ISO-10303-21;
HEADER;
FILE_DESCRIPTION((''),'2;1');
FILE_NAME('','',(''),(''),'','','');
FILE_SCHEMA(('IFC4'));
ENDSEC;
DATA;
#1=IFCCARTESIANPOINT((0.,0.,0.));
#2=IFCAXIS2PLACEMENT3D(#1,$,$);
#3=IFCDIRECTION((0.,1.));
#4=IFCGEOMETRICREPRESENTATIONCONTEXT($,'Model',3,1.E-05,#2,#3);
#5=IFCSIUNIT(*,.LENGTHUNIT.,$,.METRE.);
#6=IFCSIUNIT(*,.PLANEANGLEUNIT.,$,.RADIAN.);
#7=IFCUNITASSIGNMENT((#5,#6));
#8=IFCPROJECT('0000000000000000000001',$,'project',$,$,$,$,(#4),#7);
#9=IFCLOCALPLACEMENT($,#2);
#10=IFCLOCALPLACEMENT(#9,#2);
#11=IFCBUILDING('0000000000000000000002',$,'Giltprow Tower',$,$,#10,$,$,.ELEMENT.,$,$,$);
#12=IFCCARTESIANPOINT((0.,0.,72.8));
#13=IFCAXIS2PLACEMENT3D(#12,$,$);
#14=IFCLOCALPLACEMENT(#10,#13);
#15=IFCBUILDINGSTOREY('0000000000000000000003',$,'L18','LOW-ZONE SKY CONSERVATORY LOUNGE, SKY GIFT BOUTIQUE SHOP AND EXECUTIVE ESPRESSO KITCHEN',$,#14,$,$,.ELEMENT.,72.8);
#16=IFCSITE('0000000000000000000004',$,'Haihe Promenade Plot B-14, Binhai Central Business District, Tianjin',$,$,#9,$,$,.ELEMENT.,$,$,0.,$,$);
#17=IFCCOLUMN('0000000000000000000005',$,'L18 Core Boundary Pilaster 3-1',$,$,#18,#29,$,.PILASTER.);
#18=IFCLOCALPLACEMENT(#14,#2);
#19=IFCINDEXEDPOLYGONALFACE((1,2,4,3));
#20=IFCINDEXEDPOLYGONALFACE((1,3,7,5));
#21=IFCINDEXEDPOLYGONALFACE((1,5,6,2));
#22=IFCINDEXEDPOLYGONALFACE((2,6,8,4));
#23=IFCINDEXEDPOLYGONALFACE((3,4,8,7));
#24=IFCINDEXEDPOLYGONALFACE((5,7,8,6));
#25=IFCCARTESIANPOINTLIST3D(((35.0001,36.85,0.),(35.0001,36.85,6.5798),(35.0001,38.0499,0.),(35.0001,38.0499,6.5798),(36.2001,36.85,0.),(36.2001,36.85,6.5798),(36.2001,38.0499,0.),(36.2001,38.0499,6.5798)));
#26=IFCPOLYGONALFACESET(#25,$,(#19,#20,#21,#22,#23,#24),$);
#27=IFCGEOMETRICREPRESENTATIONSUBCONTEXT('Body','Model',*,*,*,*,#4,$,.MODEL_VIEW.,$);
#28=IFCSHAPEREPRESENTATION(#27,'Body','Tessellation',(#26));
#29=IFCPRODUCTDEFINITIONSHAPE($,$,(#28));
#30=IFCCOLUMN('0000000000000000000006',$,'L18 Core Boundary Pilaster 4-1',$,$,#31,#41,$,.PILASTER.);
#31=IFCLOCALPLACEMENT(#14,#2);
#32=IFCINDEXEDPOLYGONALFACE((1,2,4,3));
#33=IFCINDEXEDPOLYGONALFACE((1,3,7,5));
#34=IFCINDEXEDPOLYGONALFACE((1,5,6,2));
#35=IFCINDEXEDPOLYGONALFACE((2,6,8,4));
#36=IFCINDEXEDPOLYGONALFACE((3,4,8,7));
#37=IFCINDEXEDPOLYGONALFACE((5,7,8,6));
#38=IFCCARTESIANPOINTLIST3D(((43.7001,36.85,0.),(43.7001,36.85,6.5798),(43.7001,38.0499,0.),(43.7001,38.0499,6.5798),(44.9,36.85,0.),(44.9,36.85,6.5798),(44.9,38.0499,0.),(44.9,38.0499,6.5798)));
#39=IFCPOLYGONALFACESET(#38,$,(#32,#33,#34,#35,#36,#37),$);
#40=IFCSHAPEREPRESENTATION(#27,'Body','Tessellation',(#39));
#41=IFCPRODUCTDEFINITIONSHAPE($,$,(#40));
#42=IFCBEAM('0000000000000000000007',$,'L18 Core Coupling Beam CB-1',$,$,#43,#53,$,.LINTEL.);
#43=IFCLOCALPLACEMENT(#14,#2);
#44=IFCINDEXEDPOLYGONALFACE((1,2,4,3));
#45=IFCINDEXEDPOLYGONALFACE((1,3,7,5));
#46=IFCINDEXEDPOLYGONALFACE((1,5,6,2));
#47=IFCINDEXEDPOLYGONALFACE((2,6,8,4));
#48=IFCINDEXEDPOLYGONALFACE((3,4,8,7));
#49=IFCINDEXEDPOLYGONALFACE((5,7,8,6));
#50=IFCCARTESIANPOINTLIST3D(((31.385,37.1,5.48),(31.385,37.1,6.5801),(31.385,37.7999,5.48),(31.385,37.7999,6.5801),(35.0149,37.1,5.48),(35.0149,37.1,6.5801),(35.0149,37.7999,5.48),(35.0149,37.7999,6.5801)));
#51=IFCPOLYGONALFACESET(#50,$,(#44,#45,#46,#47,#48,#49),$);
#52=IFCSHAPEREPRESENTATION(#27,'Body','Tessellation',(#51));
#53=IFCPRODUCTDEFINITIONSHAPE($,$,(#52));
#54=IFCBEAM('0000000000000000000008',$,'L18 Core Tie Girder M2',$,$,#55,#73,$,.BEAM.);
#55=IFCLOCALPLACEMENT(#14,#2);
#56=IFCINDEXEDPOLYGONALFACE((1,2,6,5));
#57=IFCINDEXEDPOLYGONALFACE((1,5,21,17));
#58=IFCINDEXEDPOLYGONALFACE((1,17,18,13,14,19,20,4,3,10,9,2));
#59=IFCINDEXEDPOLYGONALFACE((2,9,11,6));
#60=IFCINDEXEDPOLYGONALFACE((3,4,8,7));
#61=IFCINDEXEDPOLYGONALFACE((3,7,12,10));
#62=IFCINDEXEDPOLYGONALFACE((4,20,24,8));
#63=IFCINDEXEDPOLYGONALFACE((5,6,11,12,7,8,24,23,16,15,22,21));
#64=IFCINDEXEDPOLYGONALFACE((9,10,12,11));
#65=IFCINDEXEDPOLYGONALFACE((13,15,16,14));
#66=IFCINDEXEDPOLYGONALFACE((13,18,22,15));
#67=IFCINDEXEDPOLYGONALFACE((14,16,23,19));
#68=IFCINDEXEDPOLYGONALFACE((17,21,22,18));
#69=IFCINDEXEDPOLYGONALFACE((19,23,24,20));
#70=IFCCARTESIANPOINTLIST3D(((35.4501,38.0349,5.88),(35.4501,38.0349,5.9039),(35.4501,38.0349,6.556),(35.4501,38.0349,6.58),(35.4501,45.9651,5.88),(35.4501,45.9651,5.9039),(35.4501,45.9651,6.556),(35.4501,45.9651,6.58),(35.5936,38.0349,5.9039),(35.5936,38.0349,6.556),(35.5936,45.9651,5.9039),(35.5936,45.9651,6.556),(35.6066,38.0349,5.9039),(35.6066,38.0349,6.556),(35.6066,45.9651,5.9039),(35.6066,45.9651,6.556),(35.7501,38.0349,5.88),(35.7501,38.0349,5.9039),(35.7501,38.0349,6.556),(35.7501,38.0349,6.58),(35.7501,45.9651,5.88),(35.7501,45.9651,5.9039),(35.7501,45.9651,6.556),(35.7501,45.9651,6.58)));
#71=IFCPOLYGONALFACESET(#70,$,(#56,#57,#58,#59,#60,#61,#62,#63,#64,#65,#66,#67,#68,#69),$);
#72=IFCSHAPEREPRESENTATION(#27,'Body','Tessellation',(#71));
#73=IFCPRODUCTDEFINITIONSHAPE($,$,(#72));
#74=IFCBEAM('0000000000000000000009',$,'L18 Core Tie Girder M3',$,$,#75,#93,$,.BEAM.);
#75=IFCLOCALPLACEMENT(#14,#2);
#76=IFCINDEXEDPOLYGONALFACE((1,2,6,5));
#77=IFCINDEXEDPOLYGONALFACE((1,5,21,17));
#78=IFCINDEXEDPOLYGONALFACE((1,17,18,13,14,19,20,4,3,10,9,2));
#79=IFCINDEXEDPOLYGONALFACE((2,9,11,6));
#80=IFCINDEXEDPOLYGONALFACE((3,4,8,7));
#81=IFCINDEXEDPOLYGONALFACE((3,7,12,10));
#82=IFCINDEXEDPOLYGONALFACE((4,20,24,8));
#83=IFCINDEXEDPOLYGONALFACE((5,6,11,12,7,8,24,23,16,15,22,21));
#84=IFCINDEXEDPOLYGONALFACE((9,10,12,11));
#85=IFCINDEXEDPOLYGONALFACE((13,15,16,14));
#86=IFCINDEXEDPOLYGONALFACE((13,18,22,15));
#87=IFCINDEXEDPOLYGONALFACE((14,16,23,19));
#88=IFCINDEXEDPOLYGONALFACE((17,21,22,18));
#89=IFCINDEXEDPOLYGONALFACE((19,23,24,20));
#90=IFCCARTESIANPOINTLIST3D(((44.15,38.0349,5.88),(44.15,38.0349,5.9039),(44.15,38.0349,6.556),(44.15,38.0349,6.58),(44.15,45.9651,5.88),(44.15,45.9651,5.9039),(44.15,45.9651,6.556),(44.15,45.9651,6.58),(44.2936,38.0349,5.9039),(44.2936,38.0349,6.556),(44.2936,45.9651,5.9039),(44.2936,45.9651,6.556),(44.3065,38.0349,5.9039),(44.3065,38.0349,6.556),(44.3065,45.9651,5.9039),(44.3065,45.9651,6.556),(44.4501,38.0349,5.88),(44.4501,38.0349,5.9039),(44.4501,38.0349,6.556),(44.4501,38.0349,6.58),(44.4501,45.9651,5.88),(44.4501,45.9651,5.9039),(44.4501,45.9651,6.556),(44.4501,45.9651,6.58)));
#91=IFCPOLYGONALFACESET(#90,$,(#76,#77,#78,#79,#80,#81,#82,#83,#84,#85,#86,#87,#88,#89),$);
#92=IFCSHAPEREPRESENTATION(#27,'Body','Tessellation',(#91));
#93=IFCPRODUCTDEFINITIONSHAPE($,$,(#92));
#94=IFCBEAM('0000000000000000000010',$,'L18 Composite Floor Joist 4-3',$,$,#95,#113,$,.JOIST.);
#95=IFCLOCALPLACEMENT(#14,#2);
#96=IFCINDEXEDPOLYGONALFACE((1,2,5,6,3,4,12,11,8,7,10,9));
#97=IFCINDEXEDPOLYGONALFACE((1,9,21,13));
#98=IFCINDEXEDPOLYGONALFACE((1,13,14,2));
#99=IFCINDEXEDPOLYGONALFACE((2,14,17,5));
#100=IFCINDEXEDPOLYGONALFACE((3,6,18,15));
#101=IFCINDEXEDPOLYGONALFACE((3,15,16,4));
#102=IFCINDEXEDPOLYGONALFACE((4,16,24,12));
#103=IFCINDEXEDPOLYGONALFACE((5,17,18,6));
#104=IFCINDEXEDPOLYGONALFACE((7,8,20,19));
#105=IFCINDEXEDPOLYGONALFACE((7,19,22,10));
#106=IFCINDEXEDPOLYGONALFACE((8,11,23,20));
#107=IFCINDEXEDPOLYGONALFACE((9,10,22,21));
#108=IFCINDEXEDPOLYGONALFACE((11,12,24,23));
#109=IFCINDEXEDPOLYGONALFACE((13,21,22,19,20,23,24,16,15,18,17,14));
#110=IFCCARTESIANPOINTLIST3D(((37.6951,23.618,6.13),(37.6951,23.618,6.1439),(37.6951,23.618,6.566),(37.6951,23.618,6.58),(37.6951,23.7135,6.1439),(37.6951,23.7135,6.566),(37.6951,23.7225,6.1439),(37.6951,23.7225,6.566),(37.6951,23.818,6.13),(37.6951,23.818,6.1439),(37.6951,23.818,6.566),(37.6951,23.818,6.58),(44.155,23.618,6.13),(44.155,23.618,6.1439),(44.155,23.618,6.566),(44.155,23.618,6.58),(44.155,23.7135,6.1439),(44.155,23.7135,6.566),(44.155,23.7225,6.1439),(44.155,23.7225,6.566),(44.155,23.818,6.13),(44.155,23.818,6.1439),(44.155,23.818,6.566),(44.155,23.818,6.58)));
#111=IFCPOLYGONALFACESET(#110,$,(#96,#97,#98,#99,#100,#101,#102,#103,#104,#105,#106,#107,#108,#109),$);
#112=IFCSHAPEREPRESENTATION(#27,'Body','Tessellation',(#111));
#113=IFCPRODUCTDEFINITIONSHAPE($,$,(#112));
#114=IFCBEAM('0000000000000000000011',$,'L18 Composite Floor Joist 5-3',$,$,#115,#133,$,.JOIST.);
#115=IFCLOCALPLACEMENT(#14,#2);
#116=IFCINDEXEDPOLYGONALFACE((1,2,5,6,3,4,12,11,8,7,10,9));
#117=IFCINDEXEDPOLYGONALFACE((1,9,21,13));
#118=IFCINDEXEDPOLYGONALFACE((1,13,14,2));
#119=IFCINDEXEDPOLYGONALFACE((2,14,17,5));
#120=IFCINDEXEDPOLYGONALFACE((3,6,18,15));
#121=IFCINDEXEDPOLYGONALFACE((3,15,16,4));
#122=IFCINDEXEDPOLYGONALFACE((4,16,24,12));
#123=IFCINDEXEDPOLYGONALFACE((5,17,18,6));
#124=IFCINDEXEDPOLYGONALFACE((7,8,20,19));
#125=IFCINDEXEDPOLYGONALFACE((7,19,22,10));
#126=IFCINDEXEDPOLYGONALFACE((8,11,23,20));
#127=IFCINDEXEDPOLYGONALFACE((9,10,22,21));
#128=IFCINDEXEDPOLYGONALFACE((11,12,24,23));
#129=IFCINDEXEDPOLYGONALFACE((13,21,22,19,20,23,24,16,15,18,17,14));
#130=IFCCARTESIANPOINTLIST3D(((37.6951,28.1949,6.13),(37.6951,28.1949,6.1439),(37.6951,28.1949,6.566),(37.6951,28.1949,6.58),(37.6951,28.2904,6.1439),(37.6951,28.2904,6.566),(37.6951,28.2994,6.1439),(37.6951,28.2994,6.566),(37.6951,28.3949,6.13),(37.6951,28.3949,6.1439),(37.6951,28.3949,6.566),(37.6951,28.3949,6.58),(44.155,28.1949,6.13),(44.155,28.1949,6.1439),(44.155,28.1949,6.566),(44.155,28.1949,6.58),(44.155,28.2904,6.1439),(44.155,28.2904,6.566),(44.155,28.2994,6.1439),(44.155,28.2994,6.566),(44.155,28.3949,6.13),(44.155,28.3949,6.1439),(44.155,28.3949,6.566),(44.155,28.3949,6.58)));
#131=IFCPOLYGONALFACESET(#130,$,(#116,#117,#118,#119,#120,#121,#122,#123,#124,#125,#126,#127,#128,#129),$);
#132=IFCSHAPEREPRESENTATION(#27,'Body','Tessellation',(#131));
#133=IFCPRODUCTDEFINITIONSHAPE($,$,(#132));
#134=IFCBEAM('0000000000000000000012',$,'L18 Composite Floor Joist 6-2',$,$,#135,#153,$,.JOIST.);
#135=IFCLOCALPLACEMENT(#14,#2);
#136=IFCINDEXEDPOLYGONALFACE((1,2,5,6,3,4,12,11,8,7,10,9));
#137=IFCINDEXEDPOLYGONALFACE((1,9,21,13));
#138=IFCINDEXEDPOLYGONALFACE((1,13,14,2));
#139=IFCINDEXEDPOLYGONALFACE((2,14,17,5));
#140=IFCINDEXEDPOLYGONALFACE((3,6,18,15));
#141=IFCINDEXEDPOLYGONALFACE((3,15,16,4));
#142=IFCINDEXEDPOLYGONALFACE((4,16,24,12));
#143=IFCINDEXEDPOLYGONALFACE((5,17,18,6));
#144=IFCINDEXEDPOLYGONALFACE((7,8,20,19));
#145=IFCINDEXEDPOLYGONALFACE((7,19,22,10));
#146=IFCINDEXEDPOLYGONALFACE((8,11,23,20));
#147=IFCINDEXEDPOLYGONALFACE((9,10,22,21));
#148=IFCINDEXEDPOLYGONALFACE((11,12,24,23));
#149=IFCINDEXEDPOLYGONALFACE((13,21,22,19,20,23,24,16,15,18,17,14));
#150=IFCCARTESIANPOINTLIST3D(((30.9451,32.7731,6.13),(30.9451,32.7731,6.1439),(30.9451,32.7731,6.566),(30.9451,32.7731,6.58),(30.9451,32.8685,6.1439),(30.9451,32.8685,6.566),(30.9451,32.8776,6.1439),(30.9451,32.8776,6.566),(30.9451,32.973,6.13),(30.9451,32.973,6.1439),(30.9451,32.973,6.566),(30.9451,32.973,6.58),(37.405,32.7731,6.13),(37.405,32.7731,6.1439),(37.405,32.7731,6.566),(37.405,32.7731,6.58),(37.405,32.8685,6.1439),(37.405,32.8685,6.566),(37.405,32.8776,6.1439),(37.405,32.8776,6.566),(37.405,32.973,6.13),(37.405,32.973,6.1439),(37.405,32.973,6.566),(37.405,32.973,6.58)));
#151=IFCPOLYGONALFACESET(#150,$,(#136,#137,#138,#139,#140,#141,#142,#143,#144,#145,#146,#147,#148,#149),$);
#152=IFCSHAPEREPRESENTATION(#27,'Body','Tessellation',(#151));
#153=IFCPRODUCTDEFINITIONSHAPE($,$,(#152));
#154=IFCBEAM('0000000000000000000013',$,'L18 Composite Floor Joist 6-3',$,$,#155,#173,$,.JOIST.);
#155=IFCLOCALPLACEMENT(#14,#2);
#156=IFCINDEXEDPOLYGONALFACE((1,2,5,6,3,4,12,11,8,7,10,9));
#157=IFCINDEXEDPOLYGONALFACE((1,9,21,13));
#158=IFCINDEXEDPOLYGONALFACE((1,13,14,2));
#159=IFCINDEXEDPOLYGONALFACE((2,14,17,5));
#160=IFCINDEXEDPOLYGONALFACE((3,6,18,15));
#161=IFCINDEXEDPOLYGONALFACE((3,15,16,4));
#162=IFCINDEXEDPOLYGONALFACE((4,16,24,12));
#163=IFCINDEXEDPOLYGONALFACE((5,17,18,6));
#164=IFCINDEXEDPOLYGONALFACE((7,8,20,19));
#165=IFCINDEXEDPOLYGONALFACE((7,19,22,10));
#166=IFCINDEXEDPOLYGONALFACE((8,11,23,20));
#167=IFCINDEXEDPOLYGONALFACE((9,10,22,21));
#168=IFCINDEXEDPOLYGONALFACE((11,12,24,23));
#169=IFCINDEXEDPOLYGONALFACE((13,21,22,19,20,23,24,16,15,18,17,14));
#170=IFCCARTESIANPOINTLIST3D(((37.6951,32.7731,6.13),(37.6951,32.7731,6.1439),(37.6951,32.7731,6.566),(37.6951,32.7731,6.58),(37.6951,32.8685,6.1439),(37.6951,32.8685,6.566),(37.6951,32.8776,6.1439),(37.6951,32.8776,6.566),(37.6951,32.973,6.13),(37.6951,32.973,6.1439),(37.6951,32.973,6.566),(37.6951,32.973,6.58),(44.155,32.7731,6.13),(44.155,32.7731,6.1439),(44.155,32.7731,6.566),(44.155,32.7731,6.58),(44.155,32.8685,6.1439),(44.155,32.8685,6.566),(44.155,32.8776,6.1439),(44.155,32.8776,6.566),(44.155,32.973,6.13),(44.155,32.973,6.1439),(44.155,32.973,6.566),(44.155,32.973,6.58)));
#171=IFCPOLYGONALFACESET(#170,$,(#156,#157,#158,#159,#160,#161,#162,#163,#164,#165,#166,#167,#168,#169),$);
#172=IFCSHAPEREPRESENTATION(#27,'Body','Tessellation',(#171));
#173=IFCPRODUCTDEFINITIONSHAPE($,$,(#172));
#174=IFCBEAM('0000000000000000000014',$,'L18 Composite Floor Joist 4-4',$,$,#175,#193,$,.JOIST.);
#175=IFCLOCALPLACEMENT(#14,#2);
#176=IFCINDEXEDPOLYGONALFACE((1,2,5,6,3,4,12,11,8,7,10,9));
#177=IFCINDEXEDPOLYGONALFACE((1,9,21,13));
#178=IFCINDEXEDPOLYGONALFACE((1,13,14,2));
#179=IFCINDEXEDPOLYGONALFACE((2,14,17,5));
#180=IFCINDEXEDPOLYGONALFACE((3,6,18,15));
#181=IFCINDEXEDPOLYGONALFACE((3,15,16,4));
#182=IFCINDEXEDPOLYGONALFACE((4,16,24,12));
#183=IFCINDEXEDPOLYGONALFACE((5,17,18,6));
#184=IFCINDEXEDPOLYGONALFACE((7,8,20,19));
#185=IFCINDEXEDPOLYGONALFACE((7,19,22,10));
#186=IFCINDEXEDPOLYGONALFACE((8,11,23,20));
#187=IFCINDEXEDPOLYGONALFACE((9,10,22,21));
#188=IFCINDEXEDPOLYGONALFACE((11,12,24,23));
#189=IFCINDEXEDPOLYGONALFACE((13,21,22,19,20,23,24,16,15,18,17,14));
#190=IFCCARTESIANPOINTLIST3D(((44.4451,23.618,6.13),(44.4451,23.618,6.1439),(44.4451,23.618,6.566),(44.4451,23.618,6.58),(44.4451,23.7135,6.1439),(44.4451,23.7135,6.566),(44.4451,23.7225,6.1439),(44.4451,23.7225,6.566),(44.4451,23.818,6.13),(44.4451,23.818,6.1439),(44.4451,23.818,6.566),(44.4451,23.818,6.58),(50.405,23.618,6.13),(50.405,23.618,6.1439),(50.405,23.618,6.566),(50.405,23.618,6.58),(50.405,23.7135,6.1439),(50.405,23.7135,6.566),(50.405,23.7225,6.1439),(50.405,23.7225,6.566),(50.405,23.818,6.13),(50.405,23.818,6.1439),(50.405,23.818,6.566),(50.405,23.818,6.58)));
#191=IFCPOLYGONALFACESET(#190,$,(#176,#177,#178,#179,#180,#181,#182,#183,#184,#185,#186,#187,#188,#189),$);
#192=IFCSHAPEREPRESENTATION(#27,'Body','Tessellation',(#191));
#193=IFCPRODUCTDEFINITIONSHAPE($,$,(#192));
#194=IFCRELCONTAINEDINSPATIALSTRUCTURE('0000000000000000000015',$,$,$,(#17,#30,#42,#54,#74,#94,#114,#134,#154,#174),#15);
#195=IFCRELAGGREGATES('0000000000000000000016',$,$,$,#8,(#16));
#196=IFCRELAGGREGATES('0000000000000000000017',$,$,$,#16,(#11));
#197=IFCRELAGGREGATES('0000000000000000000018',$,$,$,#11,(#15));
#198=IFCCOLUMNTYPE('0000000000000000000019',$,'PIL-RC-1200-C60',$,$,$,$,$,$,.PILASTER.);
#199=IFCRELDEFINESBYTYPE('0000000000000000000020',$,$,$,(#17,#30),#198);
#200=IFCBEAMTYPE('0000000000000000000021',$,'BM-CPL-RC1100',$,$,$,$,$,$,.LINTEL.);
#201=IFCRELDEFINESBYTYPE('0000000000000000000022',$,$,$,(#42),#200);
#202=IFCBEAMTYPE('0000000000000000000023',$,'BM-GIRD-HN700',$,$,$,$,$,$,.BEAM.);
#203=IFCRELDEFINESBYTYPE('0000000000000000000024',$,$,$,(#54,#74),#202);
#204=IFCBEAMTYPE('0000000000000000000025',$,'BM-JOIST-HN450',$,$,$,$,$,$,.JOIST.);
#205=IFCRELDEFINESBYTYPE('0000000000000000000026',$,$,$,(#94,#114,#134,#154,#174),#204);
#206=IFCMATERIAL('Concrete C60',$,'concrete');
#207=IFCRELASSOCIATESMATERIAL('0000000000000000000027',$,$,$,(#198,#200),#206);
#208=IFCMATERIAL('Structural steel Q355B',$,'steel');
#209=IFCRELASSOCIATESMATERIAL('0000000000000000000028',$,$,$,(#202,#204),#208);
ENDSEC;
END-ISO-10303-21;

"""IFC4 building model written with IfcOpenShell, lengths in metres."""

from ifc_helpers import new_model, si_unit, direction, frame, origin, origin_2d, place, context, subcontext, project, spatial, rectangle, i_section, extrude, source, transform, mapped, material, material_profile, profile_set, type_object, element, save


model = new_model("IFC4")

# Units and contexts
model_context = context("Model", 3, precision=1e-05, world=origin(), true_north=direction((0.0, 1.0)))
body_context = subcontext(model_context, "Body", "Model", "MODEL_VIEW")
ifc_project = project(units=[si_unit("LENGTHUNIT", "METRE"), si_unit("PLANEANGLEUNIT", "RADIAN")], contexts=[model_context])

# Site, building, storey
site_placement = place(None, origin())
site = spatial("IfcSite", under=ifc_project, at=site_placement, Name="Haihe Promenade Plot B-14, Binhai Central Business District, Tianjin", CompositionType="ELEMENT", RefElevation=0.0)
building_placement = place(site_placement, origin())
building = spatial("IfcBuilding", under=site, at=building_placement, Name="Giltprow Tower", CompositionType="ELEMENT")
storey_placement = place(building_placement, frame((0.0, 0.0, 72.8)))
storey = spatial("IfcBuildingStorey", under=building, at=storey_placement, Name="L18", Description="LOW-ZONE SKY CONSERVATORY LOUNGE, SKY GIFT BOUTIQUE SHOP AND EXECUTIVE ESPRESSO KITCHEN", CompositionType="ELEMENT", Elevation=72.8)

# Columns
ifc_material_1 = material(Name="Concrete C60", Category="concrete")
ifc_material_profile_1 = material_profile(ifc_material_1, rectangle(XDim=1.2, YDim=1.2, at=origin_2d()), Name="RC 1200x1200")
ifc_profile_set_1 = profile_set([ifc_material_profile_1], Name="Concrete C60")
column_type = type_object("IfcColumnType", Name="PIL-RC-1200-C60", PredefinedType="PILASTER", material=ifc_profile_set_1)
shared_shape_1 = source(origin(), body_context, "Body", "SweptSolid", [
    extrude(rectangle(XDim=1.2, YDim=1.2, at=origin_2d()), origin(), (0.0, 0.0, 1.0), 6.5798),
])
for number, where, z_axis, x_axis, name in (
    (1, (35.6001, 37.45, 0.0), (0.0, 0.0, 1.0), (1.0, 0.0, 0.0), "L18 Core Boundary Pilaster 3-1"),
    (2, (44.3, 37.45, 0.0), (0.0, 0.0, 1.0), (1.0, 0.0, 0.0), "L18 Core Boundary Pilaster 4-1"),
):
    element("IfcColumn", number, at=place(storey_placement, frame(where, z_axis=z_axis, x_axis=x_axis)), inside=storey, type_object=column_type, Name=name, PredefinedType="PILASTER", context=body_context, shape_type="MappedRepresentation", body=[
        mapped(shared_shape_1, transform((0.0, 0.0, 0.0), x_axis=(1.0, 0.0, 0.0), y_axis=(0.0, 1.0, 0.0), z_axis=(0.0, 0.0, 1.0), scale=1.0)),
    ])

# Beams
ifc_material_profile_2 = material_profile(ifc_material_1, rectangle(XDim=0.7, YDim=1.1001, at=origin_2d()), Name="RC 1100x700")
ifc_profile_set_2 = profile_set([ifc_material_profile_2], Name="Concrete C60")
beam_type_1 = type_object("IfcBeamType", Name="BM-CPL-RC1100", PredefinedType="LINTEL", material=ifc_profile_set_2)
shared_shape_2 = source(origin(), body_context, "Body", "SweptSolid", [
    extrude(rectangle(XDim=0.7, YDim=1.1001, at=origin_2d()), origin(), (0.0, 0.0, 1.0), 3.6299),
])
beam_placement = place(storey_placement, frame((31.385, 37.45, 6.03), z_axis=(1.0, 0.0, 0.0), x_axis=(0.0, 1.0, 0.0)))
element("IfcBeam", 3, at=beam_placement, inside=storey, type_object=beam_type_1, Name="L18 Core Coupling Beam CB-1", PredefinedType="LINTEL", context=body_context, shape_type="MappedRepresentation", body=[
    mapped(shared_shape_2, transform((0.0, 0.0, 0.0), x_axis=(1.0, 0.0, 0.0), y_axis=(0.0, 1.0, 0.0), z_axis=(0.0, 0.0, 1.0), scale=1.0)),
])
ifc_material_2 = material(Name="Structural steel Q355B", Category="steel")
ifc_material_profile_3 = material_profile(ifc_material_2, i_section(OverallWidth=0.3, OverallDepth=0.7, WebThickness=0.0129, FlangeThickness=0.0239, at=origin_2d()), Name="HN 700x300x13x24")
ifc_profile_set_3 = profile_set([ifc_material_profile_3], Name="Structural steel Q355B")
beam_type_2 = type_object("IfcBeamType", Name="BM-GIRD-HN700", PredefinedType="BEAM", material=ifc_profile_set_3)
shared_shape_3 = source(origin(), body_context, "Body", "SweptSolid", [
    extrude(i_section(OverallWidth=0.3, OverallDepth=0.7, WebThickness=0.0129, FlangeThickness=0.0239, at=origin_2d()), origin(), (0.0, 0.0, 1.0), 7.9302),
])
for number, where, z_axis, x_axis, name in (
    (4, (35.6001, 38.0349, 6.23), (0.0, 1.0, 0.0), (-1.0, 0.0, 0.0), "L18 Core Tie Girder M2"),
    (5, (44.3, 38.0349, 6.23), (0.0, 1.0, 0.0), (-1.0, 0.0, 0.0), "L18 Core Tie Girder M3"),
):
    element("IfcBeam", number, at=place(storey_placement, frame(where, z_axis=z_axis, x_axis=x_axis)), inside=storey, type_object=beam_type_2, Name=name, PredefinedType="BEAM", context=body_context, shape_type="MappedRepresentation", body=[
        mapped(shared_shape_3, transform((0.0, 0.0, 0.0), x_axis=(1.0, 0.0, 0.0), y_axis=(0.0, 1.0, 0.0), z_axis=(0.0, 0.0, 1.0), scale=1.0)),
    ])
ifc_material_profile_4 = material_profile(ifc_material_2, i_section(OverallWidth=0.2, OverallDepth=0.45, WebThickness=0.009, FlangeThickness=0.0139, at=origin_2d()), Name="HN 450x200x9x14")
ifc_profile_set_4 = profile_set([ifc_material_profile_4], Name="Structural steel Q355B")
beam_type_3 = type_object("IfcBeamType", Name="BM-JOIST-HN450", PredefinedType="JOIST", material=ifc_profile_set_4)
shared_shape_4 = source(origin(), body_context, "Body", "SweptSolid", [
    extrude(i_section(OverallWidth=0.2, OverallDepth=0.45, WebThickness=0.009, FlangeThickness=0.0139, at=origin_2d()), origin(), (0.0, 0.0, 1.0), 6.46),
])
for number, where, z_axis, x_axis, name in (
    (6, (37.6951, 23.718, 6.355), (1.0, 0.0, 0.0), (0.0, 1.0, 0.0), "L18 Composite Floor Joist 4-3"),
    (7, (37.6951, 28.2949, 6.355), (1.0, 0.0, 0.0), (0.0, 1.0, 0.0), "L18 Composite Floor Joist 5-3"),
    (8, (30.9451, 32.873, 6.355), (1.0, 0.0, 0.0), (0.0, 1.0, 0.0), "L18 Composite Floor Joist 6-2"),
    (9, (37.6951, 32.873, 6.355), (1.0, 0.0, 0.0), (0.0, 1.0, 0.0), "L18 Composite Floor Joist 6-3"),
):
    element("IfcBeam", number, at=place(storey_placement, frame(where, z_axis=z_axis, x_axis=x_axis)), inside=storey, type_object=beam_type_3, Name=name, PredefinedType="JOIST", context=body_context, shape_type="MappedRepresentation", body=[
        mapped(shared_shape_4, transform((0.0, 0.0, 0.0), x_axis=(1.0, 0.0, 0.0), y_axis=(0.0, 1.0, 0.0), z_axis=(0.0, 0.0, 1.0), scale=1.0)),
    ])
shared_shape_5 = source(origin(), body_context, "Body", "SweptSolid", [
    extrude(i_section(OverallWidth=0.2, OverallDepth=0.45, WebThickness=0.009, FlangeThickness=0.0139, at=origin_2d()), origin(), (0.0, 0.0, 1.0), 5.96),
])
for number, where, z_axis, x_axis, name in (
    (10, (44.4451, 23.718, 6.355), (1.0, 0.0, 0.0), (0.0, 1.0, 0.0), "L18 Composite Floor Joist 4-4"),
):
    element("IfcBeam", number, at=place(storey_placement, frame(where, z_axis=z_axis, x_axis=x_axis)), inside=storey, type_object=beam_type_3, Name=name, PredefinedType="JOIST", context=body_context, shape_type="MappedRepresentation", body=[
        mapped(shared_shape_5, transform((0.0, 0.0, 0.0), x_axis=(1.0, 0.0, 0.0), y_axis=(0.0, 1.0, 0.0), z_axis=(0.0, 0.0, 1.0), scale=1.0)),
    ])

save(model, "model.ifc")
